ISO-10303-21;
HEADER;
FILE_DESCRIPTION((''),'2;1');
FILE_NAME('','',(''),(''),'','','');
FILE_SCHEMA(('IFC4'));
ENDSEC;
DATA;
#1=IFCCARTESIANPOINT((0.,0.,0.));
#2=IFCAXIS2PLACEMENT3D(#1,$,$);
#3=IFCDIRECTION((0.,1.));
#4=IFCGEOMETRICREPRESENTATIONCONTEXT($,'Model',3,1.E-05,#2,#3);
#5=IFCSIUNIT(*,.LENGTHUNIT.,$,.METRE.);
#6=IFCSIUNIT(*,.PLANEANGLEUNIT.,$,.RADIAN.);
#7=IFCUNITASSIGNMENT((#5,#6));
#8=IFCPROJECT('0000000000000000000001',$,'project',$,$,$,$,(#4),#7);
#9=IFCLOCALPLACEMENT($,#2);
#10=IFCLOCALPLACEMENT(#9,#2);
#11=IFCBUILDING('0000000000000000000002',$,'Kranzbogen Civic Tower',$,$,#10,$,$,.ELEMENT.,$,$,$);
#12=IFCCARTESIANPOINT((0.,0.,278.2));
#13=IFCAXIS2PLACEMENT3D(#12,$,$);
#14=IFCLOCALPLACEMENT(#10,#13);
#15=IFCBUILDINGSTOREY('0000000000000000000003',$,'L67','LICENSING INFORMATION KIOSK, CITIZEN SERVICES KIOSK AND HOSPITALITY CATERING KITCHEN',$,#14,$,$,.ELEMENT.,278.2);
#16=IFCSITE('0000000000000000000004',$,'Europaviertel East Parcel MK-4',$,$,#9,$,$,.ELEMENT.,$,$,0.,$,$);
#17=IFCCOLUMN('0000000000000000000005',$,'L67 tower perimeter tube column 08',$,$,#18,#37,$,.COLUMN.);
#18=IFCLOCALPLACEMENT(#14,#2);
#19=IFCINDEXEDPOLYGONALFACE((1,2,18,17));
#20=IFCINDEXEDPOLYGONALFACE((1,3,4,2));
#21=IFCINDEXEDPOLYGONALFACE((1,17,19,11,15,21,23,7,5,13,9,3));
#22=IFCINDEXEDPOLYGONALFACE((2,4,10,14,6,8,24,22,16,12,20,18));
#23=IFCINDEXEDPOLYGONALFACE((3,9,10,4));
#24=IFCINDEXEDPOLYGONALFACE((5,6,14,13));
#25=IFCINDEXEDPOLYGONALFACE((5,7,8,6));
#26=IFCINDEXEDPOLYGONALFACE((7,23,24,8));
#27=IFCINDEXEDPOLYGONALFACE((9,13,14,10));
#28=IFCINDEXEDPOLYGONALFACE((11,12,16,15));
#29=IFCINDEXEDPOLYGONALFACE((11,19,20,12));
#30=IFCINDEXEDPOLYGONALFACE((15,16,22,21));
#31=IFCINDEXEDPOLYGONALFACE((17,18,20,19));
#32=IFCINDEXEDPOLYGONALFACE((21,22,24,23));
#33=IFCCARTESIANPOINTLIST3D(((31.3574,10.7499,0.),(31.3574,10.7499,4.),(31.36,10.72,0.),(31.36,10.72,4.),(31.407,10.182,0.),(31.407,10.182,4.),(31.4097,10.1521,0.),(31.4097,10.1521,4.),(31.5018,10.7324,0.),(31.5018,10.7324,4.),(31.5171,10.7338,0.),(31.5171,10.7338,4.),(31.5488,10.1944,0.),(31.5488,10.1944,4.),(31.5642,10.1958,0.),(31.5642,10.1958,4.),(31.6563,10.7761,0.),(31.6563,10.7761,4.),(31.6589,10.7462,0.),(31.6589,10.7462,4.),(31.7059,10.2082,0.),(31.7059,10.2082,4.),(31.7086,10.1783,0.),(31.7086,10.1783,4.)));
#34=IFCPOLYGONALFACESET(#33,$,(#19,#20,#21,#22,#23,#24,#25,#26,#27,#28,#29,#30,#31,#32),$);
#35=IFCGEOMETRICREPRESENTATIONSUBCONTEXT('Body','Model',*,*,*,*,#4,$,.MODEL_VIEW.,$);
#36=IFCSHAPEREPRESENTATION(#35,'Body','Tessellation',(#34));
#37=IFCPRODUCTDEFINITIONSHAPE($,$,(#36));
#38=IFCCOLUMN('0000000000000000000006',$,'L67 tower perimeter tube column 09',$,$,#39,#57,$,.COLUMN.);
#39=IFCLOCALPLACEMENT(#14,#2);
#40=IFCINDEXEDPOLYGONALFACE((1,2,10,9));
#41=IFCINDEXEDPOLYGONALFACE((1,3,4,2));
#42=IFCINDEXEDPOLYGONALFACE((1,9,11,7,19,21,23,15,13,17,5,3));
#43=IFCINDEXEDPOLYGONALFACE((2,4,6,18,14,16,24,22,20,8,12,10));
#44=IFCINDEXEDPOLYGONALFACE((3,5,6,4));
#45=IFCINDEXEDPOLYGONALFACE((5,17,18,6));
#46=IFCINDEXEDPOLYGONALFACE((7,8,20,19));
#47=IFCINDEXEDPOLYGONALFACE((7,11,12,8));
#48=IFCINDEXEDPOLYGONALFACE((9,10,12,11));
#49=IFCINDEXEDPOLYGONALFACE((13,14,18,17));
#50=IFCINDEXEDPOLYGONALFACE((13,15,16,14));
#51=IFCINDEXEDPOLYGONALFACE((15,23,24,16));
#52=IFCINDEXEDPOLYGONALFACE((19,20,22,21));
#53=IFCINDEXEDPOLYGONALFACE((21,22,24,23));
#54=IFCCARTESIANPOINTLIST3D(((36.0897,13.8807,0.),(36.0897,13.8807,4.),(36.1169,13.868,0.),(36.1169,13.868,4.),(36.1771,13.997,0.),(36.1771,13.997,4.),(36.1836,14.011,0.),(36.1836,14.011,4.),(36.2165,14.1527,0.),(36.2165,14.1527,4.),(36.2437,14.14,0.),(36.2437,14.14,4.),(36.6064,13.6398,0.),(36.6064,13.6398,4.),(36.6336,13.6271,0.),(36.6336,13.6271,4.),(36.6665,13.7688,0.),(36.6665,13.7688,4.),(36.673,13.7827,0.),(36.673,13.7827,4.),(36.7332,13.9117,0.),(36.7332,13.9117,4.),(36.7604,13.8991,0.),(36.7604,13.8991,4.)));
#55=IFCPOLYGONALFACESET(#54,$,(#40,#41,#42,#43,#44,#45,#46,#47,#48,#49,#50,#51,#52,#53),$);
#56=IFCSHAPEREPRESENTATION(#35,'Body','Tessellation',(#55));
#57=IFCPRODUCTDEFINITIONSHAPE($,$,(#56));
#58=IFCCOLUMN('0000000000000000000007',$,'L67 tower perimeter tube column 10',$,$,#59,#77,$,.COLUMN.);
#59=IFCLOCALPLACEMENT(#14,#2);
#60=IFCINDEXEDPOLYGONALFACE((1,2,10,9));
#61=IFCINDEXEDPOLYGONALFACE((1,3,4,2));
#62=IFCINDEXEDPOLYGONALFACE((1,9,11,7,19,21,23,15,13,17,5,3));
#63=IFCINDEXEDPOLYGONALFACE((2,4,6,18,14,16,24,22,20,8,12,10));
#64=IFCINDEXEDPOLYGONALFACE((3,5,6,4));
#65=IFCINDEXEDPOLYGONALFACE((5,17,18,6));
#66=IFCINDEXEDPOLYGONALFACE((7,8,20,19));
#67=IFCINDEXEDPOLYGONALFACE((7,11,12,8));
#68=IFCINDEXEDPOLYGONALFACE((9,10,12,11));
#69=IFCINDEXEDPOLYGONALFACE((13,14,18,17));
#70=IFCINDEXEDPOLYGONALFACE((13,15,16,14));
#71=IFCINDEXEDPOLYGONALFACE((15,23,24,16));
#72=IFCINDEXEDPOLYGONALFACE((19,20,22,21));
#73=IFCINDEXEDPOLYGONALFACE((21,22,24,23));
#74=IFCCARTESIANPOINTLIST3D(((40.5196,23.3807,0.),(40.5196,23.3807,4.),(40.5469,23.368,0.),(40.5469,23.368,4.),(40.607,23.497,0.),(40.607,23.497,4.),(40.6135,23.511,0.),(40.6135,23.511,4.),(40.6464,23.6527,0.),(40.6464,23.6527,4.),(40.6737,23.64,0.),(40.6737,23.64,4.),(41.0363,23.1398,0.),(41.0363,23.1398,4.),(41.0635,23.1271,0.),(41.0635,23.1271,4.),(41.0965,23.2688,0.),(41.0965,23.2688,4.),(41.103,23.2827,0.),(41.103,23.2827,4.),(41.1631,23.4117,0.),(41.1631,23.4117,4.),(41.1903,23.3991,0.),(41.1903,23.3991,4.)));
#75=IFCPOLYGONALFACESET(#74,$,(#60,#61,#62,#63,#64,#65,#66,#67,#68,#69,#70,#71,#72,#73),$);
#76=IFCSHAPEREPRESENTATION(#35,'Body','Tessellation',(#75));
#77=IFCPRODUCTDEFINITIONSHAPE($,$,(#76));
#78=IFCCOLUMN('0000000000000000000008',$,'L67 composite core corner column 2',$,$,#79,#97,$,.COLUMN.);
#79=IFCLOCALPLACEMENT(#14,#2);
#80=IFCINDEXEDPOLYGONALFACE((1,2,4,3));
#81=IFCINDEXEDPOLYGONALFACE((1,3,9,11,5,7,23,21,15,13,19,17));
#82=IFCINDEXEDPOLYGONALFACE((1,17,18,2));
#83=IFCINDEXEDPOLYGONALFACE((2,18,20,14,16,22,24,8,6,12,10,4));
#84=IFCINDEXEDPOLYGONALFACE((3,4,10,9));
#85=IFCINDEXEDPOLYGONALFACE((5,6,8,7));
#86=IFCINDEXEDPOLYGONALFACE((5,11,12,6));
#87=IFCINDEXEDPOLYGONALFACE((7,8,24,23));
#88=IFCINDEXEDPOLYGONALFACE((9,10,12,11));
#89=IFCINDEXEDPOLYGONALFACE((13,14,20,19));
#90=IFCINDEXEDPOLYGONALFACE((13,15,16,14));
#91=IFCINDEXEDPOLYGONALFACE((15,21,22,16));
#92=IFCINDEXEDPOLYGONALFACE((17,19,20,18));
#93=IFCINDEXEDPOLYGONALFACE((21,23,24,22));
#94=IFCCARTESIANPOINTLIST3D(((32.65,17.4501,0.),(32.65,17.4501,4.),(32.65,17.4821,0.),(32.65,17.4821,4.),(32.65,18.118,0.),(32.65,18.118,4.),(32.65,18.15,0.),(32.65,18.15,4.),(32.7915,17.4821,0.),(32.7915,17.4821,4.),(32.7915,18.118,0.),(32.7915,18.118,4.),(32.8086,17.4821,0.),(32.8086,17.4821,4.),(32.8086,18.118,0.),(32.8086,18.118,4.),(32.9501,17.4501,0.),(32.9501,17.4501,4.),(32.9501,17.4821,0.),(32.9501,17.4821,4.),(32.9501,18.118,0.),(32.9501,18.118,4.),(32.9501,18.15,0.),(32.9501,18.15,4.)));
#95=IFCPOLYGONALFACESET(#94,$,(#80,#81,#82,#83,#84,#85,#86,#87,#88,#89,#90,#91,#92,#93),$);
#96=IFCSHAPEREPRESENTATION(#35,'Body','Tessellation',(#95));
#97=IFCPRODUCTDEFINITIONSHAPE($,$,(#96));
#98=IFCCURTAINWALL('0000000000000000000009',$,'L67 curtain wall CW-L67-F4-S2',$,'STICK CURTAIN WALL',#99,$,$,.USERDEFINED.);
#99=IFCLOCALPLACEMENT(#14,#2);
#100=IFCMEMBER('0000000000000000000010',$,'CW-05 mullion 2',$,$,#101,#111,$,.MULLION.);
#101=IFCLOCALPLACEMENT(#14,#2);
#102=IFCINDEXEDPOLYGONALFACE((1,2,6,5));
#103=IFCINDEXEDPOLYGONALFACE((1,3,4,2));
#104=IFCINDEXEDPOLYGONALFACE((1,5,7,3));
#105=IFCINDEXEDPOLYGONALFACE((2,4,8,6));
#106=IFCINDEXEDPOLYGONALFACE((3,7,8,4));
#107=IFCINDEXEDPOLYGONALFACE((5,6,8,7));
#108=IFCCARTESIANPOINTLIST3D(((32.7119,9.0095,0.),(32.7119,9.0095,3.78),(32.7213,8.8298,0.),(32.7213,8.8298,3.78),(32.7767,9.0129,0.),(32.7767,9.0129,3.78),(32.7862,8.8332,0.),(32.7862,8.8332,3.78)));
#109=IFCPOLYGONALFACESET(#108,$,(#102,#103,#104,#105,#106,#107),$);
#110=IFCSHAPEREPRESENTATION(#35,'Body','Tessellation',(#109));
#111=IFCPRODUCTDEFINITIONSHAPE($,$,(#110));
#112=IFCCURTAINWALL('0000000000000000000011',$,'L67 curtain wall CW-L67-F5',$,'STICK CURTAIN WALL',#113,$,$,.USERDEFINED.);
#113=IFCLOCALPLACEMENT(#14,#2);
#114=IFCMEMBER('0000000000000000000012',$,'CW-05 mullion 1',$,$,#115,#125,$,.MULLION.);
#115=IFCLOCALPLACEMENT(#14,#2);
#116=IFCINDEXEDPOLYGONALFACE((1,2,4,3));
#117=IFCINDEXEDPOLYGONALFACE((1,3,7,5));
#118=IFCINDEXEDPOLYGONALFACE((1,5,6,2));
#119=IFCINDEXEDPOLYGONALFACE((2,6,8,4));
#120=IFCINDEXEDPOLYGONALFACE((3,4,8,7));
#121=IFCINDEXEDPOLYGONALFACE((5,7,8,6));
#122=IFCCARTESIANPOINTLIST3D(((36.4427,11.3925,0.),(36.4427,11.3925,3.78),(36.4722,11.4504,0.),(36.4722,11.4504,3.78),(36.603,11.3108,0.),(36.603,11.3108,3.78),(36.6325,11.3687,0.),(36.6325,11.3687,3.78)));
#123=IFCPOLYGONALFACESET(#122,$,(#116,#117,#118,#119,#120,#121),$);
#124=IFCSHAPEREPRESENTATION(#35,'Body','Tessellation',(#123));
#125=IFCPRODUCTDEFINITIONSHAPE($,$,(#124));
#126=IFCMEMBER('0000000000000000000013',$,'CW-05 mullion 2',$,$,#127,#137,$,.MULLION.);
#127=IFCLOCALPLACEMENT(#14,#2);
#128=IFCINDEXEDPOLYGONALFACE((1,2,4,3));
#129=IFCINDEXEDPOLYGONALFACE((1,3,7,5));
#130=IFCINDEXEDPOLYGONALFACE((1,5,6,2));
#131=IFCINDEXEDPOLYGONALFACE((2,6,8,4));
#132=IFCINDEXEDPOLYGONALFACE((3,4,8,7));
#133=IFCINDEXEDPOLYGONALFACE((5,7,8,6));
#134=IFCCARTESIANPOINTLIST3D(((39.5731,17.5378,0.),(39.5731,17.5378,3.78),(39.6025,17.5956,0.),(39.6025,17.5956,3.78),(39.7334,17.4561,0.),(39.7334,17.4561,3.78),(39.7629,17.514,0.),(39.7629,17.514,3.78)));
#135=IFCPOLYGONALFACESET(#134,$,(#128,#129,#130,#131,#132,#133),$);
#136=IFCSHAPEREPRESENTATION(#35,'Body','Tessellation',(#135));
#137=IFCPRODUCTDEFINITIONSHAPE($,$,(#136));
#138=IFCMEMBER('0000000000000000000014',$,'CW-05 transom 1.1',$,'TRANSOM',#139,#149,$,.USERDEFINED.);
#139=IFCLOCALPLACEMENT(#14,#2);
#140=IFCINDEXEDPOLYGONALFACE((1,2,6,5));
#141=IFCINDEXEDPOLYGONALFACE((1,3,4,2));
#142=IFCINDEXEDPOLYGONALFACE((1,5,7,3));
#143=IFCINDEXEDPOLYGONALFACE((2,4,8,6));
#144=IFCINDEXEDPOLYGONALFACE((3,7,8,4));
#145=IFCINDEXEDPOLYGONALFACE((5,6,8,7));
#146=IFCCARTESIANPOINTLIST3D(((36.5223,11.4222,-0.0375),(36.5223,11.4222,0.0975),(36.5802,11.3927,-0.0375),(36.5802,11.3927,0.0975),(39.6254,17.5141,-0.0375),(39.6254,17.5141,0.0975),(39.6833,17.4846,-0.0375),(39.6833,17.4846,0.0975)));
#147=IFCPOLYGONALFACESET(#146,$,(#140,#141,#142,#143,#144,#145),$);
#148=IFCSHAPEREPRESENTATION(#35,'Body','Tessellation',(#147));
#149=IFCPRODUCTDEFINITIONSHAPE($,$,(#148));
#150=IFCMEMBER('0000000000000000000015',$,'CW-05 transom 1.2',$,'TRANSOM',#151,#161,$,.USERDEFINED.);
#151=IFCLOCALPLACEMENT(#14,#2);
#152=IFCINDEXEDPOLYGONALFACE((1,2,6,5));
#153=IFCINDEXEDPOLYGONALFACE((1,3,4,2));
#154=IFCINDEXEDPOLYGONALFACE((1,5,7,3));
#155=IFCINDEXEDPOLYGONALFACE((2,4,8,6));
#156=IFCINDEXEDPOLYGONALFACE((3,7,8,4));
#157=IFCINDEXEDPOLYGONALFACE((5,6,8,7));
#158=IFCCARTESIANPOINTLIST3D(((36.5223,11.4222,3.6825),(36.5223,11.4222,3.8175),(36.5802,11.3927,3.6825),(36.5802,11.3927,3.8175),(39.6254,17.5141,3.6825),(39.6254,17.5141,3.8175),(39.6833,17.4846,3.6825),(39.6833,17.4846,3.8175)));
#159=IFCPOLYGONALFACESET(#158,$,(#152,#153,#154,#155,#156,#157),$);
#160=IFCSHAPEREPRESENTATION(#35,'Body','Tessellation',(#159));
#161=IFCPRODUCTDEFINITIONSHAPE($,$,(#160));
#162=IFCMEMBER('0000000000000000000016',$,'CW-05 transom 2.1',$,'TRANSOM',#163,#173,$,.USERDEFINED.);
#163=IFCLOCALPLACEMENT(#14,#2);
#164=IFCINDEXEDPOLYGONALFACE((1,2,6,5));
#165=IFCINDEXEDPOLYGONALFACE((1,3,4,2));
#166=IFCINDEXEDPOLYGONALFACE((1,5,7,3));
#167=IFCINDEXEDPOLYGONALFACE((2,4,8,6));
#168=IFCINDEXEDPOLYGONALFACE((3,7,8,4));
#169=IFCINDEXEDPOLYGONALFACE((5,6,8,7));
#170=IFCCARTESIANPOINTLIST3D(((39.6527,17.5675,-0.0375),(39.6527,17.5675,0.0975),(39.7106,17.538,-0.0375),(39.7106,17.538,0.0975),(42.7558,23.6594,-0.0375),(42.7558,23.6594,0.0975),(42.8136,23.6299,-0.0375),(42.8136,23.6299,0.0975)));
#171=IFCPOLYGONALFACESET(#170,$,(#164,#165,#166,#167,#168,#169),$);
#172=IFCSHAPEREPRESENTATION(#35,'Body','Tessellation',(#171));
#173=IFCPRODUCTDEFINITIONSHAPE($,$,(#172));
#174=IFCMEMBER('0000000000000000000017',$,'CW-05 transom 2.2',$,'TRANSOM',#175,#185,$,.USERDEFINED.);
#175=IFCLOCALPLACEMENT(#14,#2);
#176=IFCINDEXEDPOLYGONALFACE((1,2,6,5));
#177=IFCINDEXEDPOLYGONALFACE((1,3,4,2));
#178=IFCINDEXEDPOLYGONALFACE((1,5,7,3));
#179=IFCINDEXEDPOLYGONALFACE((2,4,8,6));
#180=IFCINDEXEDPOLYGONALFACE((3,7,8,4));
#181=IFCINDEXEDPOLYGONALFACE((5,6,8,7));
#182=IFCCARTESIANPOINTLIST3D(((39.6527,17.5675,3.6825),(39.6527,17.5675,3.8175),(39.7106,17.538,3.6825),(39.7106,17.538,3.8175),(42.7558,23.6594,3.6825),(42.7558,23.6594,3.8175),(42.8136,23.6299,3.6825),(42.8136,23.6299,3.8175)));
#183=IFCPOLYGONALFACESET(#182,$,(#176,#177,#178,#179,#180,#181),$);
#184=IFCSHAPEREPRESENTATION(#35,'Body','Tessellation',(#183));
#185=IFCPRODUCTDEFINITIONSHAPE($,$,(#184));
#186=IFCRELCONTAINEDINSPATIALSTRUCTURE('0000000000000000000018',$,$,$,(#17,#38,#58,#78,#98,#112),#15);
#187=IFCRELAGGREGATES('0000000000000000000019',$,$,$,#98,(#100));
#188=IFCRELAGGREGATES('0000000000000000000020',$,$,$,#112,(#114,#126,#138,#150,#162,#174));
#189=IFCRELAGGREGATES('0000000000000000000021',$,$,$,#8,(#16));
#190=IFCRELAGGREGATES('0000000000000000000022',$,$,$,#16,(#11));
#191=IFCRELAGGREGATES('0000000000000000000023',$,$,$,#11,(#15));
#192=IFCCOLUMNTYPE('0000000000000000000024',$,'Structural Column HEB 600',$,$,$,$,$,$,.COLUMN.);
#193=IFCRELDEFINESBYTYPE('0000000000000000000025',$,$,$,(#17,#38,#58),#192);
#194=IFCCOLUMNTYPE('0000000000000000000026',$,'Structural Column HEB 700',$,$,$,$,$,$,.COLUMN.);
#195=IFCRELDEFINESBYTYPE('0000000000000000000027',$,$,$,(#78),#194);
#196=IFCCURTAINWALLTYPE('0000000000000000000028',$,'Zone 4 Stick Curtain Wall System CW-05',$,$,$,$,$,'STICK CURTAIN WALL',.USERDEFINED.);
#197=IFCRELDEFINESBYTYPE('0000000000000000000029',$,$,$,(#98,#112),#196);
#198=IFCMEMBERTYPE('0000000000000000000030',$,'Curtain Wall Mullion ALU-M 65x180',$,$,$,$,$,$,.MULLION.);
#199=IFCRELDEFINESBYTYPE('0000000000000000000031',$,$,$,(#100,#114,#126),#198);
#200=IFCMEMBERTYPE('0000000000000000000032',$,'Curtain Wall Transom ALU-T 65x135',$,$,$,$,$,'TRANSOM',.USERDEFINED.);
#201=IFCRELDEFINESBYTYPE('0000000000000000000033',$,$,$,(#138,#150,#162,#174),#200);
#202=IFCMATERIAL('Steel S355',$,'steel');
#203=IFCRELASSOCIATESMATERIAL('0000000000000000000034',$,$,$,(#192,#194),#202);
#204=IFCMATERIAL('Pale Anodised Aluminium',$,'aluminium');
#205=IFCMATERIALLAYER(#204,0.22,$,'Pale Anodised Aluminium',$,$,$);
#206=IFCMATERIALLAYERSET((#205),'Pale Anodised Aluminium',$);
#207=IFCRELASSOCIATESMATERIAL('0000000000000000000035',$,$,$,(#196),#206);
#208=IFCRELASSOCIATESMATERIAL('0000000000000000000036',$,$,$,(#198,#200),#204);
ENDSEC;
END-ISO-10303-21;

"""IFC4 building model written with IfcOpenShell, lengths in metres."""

from ifc_helpers import new_model, si_unit, direction, frame, origin, origin_2d, place, context, subcontext, project, spatial, rectangle, i_section, extrude, material, layer, layer_set, material_profile, profile_set, type_object, element, aggregate, save


model = new_model("IFC4")

# Units and contexts
model_context = context("Model", 3, precision=1e-05, world=origin(), true_north=direction((0.0, 1.0)))
body_context = subcontext(model_context, "Body", "Model", "MODEL_VIEW")
ifc_project = project(units=[si_unit("LENGTHUNIT", "METRE"), si_unit("PLANEANGLEUNIT", "RADIAN")], contexts=[model_context])

# Site, building, storey
site_placement = place(None, origin())
site = spatial("IfcSite", under=ifc_project, at=site_placement, Name="Europaviertel East Parcel MK-4", CompositionType="ELEMENT", RefElevation=0.0)
building_placement = place(site_placement, origin())
building = spatial("IfcBuilding", under=site, at=building_placement, Name="Kranzbogen Civic Tower", CompositionType="ELEMENT")
storey_placement = place(building_placement, frame((0.0, 0.0, 278.2)))
storey = spatial("IfcBuildingStorey", under=building, at=storey_placement, Name="L67", Description="LICENSING INFORMATION KIOSK, CITIZEN SERVICES KIOSK AND HOSPITALITY CATERING KITCHEN", CompositionType="ELEMENT", Elevation=278.2)

# Columns
ifc_material_1 = material(Name="Steel S355", Category="steel")
ifc_material_profile_1 = material_profile(ifc_material_1, i_section(OverallWidth=0.3, OverallDepth=0.6001, WebThickness=0.0154, FlangeThickness=0.03, at=origin_2d()), Name="HEB 600")
ifc_profile_set_1 = profile_set([ifc_material_profile_1], Name="Steel S355")
column_type_1 = type_object("IfcColumnType", Name="Structural Column HEB 600", PredefinedType="COLUMN", material=ifc_profile_set_1)
for number, where, z_axis, x_axis, name in (
    (1, (31.533, 10.4641, 0.0), (0.0, 0.0, 1.0), (0.996195, 0.087156, 0.0), "L67 tower perimeter tube column 08"),
    (2, (36.425, 13.8899, 0.0), (0.0, 0.0, 1.0), (0.422618, 0.906308, 0.0), "L67 tower perimeter tube column 09"),
    (3, (40.855, 23.3899, 0.0), (0.0, 0.0, 1.0), (0.422618, 0.906308, 0.0), "L67 tower perimeter tube column 10"),
):
    element("IfcColumn", number, at=place(storey_placement, frame(where, z_axis=z_axis, x_axis=x_axis)), inside=storey, type_object=column_type_1, Name=name, PredefinedType="COLUMN", context=body_context, shape_type="SweptSolid", body=[
        extrude(i_section(OverallWidth=0.3, OverallDepth=0.6001, WebThickness=0.0154, FlangeThickness=0.03, at=origin_2d()), origin(), (0.0, 0.0, 1.0), 4.0),
    ])
ifc_material_profile_2 = material_profile(ifc_material_1, i_section(OverallWidth=0.3, OverallDepth=0.7, WebThickness=0.0171, FlangeThickness=0.032, at=origin_2d()), Name="HEB 700")
ifc_profile_set_2 = profile_set([ifc_material_profile_2], Name="Steel S355")
column_type_2 = type_object("IfcColumnType", Name="Structural Column HEB 700", PredefinedType="COLUMN", material=ifc_profile_set_2)
column_placement = place(storey_placement, frame((32.8, 17.8, 0.0), z_axis=(0.0, 0.0, 1.0), x_axis=(1.0, 0.0, 0.0)))
element("IfcColumn", 4, at=column_placement, inside=storey, type_object=column_type_2, Name="L67 composite core corner column 2", PredefinedType="COLUMN", context=body_context, shape_type="SweptSolid", body=[
    extrude(i_section(OverallWidth=0.3, OverallDepth=0.7, WebThickness=0.0171, FlangeThickness=0.032, at=origin_2d()), origin(), (0.0, 0.0, 1.0), 4.0),
])

# Curtain wall, member
ifc_material_2 = material(Name="Pale Anodised Aluminium", Category="aluminium")
ifc_layer_1 = layer(ifc_material_2, 0.22, Name="Pale Anodised Aluminium")
ifc_layer_set_1 = layer_set([ifc_layer_1], Name="Pale Anodised Aluminium")
curtain_wall_type = type_object("IfcCurtainWallType", Name="Zone 4 Stick Curtain Wall System CW-05", ElementType="STICK CURTAIN WALL", PredefinedType="USERDEFINED", material=ifc_layer_set_1)
curtain_wall_1_placement = place(storey_placement, origin())
curtain_wall_1 = element("IfcCurtainWall", 5, at=curtain_wall_1_placement, inside=storey, type_object=curtain_wall_type, Name="L67 curtain wall CW-L67-F4-S2", ObjectType="STICK CURTAIN WALL", PredefinedType="USERDEFINED")
ifc_material_profile_3 = material_profile(ifc_material_2, rectangle(XDim=0.0649, YDim=0.1799, at=origin_2d()), Name="ALU-M 65x180")
ifc_profile_set_3 = profile_set([ifc_material_profile_3], Name="Pale Anodised Aluminium")
member_type_1 = type_object("IfcMemberType", Name="Curtain Wall Mullion ALU-M 65x180", PredefinedType="MULLION", material=ifc_profile_set_3)
member_1_placement = place(storey_placement, frame((32.749, 8.9214, 0.0), z_axis=(0.0, 0.0, 1.0), x_axis=(0.998627, 0.052385, 0.0)))
member_1 = element("IfcMember", 6, at=member_1_placement, type_object=member_type_1, Name="CW-05 mullion 2", PredefinedType="MULLION", context=body_context, shape_type="SweptSolid", body=[
    extrude(rectangle(XDim=0.0649, YDim=0.1799, at=origin_2d()), origin(), (0.0, 0.0, 1.0), 3.78),
])

# Curtain wall, members
curtain_wall_2_placement = place(storey_placement, origin())
curtain_wall_2 = element("IfcCurtainWall", 7, at=curtain_wall_2_placement, inside=storey, type_object=curtain_wall_type, Name="L67 curtain wall CW-L67-F5", ObjectType="STICK CURTAIN WALL", PredefinedType="USERDEFINED")
member_2_placement = place(storey_placement, frame((36.5376, 11.3806, 0.0), z_axis=(0.0, 0.0, 1.0), x_axis=(0.4539, 0.891053, 0.0)))
member_2 = element("IfcMember", 8, at=member_2_placement, type_object=member_type_1, Name="CW-05 mullion 1", PredefinedType="MULLION", context=body_context, shape_type="SweptSolid", body=[
    extrude(rectangle(XDim=0.0649, YDim=0.1799, at=origin_2d()), origin(), (0.0, 0.0, 1.0), 3.78),
])
member_3_placement = place(storey_placement, frame((39.668, 17.5259, 0.0), z_axis=(0.0, 0.0, 1.0), x_axis=(0.4539, 0.891053, 0.0)))
member_3 = element("IfcMember", 9, at=member_3_placement, type_object=member_type_1, Name="CW-05 mullion 2", PredefinedType="MULLION", context=body_context, shape_type="SweptSolid", body=[
    extrude(rectangle(XDim=0.0649, YDim=0.1799, at=origin_2d()), origin(), (0.0, 0.0, 1.0), 3.78),
])
ifc_material_profile_4 = material_profile(ifc_material_2, rectangle(XDim=0.0649, YDim=0.135, at=origin_2d()), Name="ALU-T 65x135")
ifc_profile_set_4 = profile_set([ifc_material_profile_4], Name="Pale Anodised Aluminium")
member_type_2 = type_object("IfcMemberType", Name="Curtain Wall Transom ALU-T 65x135", ElementType="TRANSOM", PredefinedType="USERDEFINED", material=ifc_profile_set_4)
member_4_placement = place(storey_placement, frame((36.5513, 11.4075, 0.03), z_axis=(0.453886, 0.89106, 0.0), x_axis=(-0.89106, 0.453886, 0.0)))
member_4 = element("IfcMember", 10, at=member_4_placement, type_object=member_type_2, Name="CW-05 transom 1.1", ObjectType="TRANSOM", PredefinedType="USERDEFINED", context=body_context, shape_type="SweptSolid", body=[
    extrude(rectangle(XDim=0.0649, YDim=0.135, at=origin_2d()), origin(), (0.0, 0.0, 1.0), 6.8367),
])
member_5_placement = place(storey_placement, frame((36.5513, 11.4075, 3.75), z_axis=(0.453886, 0.89106, 0.0), x_axis=(-0.89106, 0.453886, 0.0)))
member_5 = element("IfcMember", 11, at=member_5_placement, type_object=member_type_2, Name="CW-05 transom 1.2", ObjectType="TRANSOM", PredefinedType="USERDEFINED", context=body_context, shape_type="SweptSolid", body=[
    extrude(rectangle(XDim=0.0649, YDim=0.135, at=origin_2d()), origin(), (0.0, 0.0, 1.0), 6.8367),
])
member_6_placement = place(storey_placement, frame((39.6816, 17.5527, 0.03), z_axis=(0.453886, 0.89106, 0.0), x_axis=(-0.89106, 0.453886, 0.0)))
member_6 = element("IfcMember", 12, at=member_6_placement, type_object=member_type_2, Name="CW-05 transom 2.1", ObjectType="TRANSOM", PredefinedType="USERDEFINED", context=body_context, shape_type="SweptSolid", body=[
    extrude(rectangle(XDim=0.0649, YDim=0.135, at=origin_2d()), origin(), (0.0, 0.0, 1.0), 6.8367),
])
member_7_placement = place(storey_placement, frame((39.6816, 17.5527, 3.75), z_axis=(0.453886, 0.89106, 0.0), x_axis=(-0.89106, 0.453886, 0.0)))
member_7 = element("IfcMember", 13, at=member_7_placement, type_object=member_type_2, Name="CW-05 transom 2.2", ObjectType="TRANSOM", PredefinedType="USERDEFINED", context=body_context, shape_type="SweptSolid", body=[
    extrude(rectangle(XDim=0.0649, YDim=0.135, at=origin_2d()), origin(), (0.0, 0.0, 1.0), 6.8367),
])

aggregate(curtain_wall_1, [member_1])
aggregate(curtain_wall_2, [member_2, member_3, member_4, member_5, member_6, member_7])

save(model, "model.ifc")
